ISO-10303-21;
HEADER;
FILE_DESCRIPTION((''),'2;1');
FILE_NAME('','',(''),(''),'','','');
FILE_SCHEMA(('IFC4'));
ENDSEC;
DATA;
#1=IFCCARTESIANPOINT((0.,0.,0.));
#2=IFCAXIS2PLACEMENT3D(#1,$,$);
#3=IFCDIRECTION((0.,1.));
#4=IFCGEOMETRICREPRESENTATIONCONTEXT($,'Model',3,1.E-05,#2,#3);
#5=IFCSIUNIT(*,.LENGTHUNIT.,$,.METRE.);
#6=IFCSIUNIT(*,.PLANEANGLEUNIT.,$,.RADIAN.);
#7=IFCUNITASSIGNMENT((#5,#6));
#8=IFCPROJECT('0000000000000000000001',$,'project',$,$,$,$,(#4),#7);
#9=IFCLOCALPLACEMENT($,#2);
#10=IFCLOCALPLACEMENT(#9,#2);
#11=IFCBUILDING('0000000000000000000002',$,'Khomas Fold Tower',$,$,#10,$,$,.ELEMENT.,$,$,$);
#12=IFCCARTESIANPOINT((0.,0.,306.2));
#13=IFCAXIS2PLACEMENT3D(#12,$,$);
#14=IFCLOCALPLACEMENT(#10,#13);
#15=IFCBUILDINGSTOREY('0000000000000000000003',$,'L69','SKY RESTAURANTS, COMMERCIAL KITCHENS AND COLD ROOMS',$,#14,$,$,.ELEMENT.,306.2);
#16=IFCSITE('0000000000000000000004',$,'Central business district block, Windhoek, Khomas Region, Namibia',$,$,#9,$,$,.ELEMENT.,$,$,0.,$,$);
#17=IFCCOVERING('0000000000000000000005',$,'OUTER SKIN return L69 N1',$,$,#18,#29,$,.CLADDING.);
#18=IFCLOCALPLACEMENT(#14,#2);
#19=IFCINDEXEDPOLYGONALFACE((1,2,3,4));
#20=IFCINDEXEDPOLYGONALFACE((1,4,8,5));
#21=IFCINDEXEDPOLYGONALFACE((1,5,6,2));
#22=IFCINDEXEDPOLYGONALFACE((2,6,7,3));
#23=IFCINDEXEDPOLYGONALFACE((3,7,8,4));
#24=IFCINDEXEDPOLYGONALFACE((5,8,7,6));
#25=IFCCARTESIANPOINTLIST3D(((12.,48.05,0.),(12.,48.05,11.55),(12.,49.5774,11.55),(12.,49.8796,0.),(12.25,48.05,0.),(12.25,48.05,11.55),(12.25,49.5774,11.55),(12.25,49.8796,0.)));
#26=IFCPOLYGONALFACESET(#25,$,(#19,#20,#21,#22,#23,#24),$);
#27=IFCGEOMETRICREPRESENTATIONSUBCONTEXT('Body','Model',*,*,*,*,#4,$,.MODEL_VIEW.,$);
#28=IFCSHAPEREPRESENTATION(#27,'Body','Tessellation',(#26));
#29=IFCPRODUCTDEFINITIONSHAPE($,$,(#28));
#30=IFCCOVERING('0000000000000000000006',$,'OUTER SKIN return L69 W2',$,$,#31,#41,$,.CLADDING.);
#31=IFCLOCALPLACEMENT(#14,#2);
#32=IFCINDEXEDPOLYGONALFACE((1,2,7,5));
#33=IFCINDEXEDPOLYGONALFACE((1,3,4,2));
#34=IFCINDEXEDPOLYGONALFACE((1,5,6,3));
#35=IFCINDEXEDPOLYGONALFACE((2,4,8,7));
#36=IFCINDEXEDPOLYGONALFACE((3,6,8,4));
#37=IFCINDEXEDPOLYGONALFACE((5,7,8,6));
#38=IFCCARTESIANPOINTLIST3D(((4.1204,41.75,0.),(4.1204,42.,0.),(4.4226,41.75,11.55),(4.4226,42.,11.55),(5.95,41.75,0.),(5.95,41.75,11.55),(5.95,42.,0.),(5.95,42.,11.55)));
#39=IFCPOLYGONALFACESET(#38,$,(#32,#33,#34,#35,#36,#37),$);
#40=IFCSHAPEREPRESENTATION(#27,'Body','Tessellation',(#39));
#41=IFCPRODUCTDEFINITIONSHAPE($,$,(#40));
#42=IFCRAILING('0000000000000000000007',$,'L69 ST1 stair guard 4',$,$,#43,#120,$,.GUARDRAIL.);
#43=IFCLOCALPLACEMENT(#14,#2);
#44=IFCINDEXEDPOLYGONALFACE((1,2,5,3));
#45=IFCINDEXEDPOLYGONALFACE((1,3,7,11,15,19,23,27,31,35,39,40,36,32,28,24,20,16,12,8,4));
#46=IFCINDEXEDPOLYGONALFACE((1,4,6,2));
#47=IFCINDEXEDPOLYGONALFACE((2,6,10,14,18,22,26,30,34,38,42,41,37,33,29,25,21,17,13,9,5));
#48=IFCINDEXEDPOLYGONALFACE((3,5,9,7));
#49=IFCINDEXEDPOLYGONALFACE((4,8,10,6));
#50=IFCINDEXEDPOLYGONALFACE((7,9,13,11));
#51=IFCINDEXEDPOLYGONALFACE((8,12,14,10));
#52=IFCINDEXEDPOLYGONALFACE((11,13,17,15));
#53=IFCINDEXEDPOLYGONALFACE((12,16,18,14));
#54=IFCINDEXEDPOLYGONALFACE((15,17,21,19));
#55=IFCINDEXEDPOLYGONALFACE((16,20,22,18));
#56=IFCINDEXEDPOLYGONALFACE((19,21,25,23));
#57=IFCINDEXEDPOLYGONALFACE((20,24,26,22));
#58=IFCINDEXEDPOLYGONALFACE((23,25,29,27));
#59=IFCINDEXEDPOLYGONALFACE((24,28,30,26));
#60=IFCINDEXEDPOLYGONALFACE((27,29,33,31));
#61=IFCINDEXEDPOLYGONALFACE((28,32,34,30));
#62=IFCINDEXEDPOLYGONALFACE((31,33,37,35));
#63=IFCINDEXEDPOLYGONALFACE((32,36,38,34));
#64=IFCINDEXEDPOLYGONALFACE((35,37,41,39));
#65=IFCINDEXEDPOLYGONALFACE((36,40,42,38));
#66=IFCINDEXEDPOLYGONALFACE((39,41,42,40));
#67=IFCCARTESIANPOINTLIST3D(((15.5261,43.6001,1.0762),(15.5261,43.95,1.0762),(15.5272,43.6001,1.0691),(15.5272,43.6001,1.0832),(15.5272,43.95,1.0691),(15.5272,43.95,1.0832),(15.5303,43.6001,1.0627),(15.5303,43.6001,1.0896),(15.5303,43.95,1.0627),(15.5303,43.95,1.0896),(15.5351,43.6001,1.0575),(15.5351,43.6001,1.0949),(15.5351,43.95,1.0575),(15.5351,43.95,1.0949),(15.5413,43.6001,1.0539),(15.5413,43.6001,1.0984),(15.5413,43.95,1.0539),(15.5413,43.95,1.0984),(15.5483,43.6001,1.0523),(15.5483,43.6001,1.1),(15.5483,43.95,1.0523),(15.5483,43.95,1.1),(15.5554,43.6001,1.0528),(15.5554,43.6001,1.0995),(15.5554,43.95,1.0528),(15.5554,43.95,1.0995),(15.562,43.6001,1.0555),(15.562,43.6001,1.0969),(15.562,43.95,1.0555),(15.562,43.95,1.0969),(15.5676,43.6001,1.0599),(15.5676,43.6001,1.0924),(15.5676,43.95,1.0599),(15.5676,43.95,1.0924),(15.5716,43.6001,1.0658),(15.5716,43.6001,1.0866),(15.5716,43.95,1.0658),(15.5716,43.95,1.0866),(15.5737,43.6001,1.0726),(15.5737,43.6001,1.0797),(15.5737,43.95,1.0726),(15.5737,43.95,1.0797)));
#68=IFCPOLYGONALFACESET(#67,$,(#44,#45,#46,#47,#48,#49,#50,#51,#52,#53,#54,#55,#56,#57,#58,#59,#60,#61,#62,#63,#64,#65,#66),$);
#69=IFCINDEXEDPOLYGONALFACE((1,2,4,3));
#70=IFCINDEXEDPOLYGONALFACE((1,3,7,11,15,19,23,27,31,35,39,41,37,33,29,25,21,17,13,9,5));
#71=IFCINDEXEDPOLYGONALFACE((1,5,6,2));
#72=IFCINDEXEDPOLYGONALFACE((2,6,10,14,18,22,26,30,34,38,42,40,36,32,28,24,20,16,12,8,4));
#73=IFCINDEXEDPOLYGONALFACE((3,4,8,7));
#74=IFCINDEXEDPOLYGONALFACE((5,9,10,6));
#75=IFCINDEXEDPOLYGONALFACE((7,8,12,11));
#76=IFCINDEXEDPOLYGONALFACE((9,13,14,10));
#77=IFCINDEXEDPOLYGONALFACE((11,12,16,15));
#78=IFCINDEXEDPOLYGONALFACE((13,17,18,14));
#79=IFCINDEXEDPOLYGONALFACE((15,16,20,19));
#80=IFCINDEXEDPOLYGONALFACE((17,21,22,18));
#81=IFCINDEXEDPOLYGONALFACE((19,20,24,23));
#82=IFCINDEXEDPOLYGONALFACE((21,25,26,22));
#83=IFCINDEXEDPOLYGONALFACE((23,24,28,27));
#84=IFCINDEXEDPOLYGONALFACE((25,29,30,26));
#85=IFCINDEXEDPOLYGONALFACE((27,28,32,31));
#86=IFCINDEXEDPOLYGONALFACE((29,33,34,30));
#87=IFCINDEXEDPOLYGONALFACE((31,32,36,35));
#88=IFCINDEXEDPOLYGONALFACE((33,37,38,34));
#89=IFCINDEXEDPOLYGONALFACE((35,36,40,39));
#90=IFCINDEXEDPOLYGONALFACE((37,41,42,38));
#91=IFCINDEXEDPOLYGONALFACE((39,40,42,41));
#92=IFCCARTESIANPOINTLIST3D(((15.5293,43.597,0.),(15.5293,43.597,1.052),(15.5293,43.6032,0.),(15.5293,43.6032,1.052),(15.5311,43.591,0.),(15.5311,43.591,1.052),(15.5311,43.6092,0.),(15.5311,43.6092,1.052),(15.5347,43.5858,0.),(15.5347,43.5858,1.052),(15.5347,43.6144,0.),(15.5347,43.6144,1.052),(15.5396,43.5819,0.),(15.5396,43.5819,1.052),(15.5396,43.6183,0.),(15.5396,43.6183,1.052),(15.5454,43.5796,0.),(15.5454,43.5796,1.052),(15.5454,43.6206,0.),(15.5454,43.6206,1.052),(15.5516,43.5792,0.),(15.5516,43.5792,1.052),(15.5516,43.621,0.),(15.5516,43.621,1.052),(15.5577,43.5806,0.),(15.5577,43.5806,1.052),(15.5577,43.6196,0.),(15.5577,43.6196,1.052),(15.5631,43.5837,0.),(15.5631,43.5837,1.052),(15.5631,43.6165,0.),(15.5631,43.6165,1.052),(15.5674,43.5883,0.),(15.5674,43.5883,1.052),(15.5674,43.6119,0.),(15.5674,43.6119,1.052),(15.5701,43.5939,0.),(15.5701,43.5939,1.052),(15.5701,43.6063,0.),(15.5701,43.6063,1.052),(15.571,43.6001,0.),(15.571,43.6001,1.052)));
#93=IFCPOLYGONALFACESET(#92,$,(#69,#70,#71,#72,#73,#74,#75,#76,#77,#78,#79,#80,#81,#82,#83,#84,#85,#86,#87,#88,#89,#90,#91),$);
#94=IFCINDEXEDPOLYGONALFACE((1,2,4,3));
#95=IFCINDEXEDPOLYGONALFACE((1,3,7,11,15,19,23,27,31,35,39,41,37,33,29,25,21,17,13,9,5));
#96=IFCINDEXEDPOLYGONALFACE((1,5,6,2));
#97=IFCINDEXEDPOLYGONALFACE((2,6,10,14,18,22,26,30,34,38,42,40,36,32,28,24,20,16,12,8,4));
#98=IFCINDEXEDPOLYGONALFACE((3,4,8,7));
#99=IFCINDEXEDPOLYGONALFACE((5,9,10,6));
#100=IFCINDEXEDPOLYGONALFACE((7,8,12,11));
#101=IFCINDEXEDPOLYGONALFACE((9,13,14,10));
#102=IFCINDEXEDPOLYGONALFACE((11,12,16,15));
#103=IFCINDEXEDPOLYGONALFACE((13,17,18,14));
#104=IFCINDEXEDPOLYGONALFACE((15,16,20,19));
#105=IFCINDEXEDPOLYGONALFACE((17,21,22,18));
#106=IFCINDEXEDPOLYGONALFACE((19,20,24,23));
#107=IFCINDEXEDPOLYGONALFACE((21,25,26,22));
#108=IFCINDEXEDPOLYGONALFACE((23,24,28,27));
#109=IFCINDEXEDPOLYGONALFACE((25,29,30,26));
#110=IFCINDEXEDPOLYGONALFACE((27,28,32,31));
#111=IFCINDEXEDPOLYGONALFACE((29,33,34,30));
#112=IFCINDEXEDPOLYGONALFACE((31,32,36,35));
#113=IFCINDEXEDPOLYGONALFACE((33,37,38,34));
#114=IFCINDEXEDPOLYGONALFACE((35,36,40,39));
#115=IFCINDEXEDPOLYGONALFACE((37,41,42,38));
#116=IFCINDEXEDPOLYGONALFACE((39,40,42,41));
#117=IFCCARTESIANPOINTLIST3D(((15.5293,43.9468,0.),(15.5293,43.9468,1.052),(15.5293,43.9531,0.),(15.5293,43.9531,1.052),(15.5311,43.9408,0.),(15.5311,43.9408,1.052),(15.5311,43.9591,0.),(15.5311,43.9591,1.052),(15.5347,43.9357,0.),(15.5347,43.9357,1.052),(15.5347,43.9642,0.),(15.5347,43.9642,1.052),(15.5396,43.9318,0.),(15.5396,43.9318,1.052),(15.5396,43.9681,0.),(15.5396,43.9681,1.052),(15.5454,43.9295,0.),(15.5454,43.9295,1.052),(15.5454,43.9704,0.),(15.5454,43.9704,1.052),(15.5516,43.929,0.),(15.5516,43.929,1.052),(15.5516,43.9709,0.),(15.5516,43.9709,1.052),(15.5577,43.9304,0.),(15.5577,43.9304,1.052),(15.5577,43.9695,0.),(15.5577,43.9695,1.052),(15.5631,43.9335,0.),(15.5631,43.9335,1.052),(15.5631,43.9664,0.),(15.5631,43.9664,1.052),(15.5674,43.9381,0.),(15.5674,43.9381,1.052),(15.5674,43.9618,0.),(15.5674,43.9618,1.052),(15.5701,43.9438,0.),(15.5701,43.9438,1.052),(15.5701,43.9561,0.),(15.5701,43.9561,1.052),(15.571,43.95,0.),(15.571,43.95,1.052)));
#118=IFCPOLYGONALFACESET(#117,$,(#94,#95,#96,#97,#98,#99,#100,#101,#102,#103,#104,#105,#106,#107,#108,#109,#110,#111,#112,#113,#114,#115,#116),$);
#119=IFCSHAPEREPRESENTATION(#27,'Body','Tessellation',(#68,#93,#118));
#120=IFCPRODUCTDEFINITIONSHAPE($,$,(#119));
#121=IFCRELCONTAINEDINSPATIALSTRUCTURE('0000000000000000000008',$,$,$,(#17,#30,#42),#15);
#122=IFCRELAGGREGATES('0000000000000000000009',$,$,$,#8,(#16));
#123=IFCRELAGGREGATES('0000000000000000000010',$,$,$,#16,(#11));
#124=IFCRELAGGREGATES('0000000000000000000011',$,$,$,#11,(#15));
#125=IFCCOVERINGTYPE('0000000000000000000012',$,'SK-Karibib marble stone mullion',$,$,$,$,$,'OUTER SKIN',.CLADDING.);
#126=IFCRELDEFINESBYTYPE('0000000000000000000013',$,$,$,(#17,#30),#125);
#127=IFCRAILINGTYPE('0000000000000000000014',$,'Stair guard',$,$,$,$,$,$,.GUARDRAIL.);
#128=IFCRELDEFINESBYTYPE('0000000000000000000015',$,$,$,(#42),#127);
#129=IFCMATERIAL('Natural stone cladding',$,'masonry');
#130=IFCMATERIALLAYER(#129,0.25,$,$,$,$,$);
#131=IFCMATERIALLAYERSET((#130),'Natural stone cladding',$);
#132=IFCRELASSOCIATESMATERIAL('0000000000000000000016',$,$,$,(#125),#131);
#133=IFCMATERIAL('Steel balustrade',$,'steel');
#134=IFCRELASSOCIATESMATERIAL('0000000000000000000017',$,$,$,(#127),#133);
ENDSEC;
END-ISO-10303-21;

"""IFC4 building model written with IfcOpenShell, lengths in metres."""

from ifc_helpers import new_model, si_unit, direction, frame, origin, origin_2d, place, context, subcontext, project, spatial, polyline, circle, outline, extrude, source, transform, mapped, material, layer, layer_set, type_object, element, save


model = new_model("IFC4")

# Units and contexts
model_context = context("Model", 3, precision=1e-05, world=origin(), true_north=direction((0.0, 1.0)))
body_context = subcontext(model_context, "Body", "Model", "MODEL_VIEW")
ifc_project = project(units=[si_unit("LENGTHUNIT", "METRE"), si_unit("PLANEANGLEUNIT", "RADIAN")], contexts=[model_context])

# Site, building, storey
site_placement = place(None, origin())
site = spatial("IfcSite", under=ifc_project, at=site_placement, Name="Central business district block, Windhoek, Khomas Region, Namibia", CompositionType="ELEMENT", RefElevation=0.0)
building_placement = place(site_placement, origin())
building = spatial("IfcBuilding", under=site, at=building_placement, Name="Khomas Fold Tower", CompositionType="ELEMENT")
storey_placement = place(building_placement, frame((0.0, 0.0, 306.2)))
storey = spatial("IfcBuildingStorey", under=building, at=storey_placement, Name="L69", Description="SKY RESTAURANTS, COMMERCIAL KITCHENS AND COLD ROOMS", CompositionType="ELEMENT", Elevation=306.2)

# Coverings
ifc_material_1 = material(Name="Natural stone cladding", Category="masonry")
ifc_layer_1 = layer(ifc_material_1, 0.25)
ifc_layer_set_1 = layer_set([ifc_layer_1], Name="Natural stone cladding")
covering_type = type_object("IfcCoveringType", Name="SK-Karibib marble stone mullion", ElementType="OUTER SKIN", PredefinedType="CLADDING", material=ifc_layer_set_1)
covering_1_placement = place(storey_placement, frame((12.0, 48.05, 11.55), z_axis=(-1.0, 0.0, 0.0), x_axis=(0.0, 1.0, 0.0)))
element("IfcCovering", 1, at=covering_1_placement, inside=storey, type_object=covering_type, Name="OUTER SKIN return L69 N1", PredefinedType="CLADDING", context=body_context, shape_type="SweptSolid", body=[
    extrude(outline(polyline([(0.0, 0.0), (1.5273, 0.0), (1.8296, 11.55), (0.0, 11.55), (0.0, 0.0)])), origin(), (0.0, 0.0, -1.0), 0.25),
])
covering_2_placement = place(storey_placement, frame((5.95, 42.0, 0.0), z_axis=(0.0, 1.0, 0.0), x_axis=(-1.0, 0.0, 0.0)))
element("IfcCovering", 2, at=covering_2_placement, inside=storey, type_object=covering_type, Name="OUTER SKIN return L69 W2", PredefinedType="CLADDING", context=body_context, shape_type="SweptSolid", body=[
    extrude(outline(polyline([(0.0, 0.0), (1.8296, 0.0), (1.5273, 11.55), (0.0, 11.55), (0.0, 0.0)])), origin(), (0.0, 0.0, -1.0), 0.25),
])

# Railing
ifc_material_2 = material(Name="Steel balustrade", Category="steel")
railing_type_1 = type_object("IfcRailingType", Name="Stair guard", PredefinedType="GUARDRAIL", material=ifc_material_2)
shared_shape_1 = source(origin(), body_context, "Body", "SweptSolid", [
    extrude(circle(Radius=0.0239, at=origin_2d()), frame((0.0, 0.0, 1.0762), z_axis=(0.0, 1.0, 0.0), x_axis=(-1.0, 0.0, 0.0)), (0.0, 0.0, 1.0), 0.3499),
    extrude(circle(Radius=0.021, at=origin_2d()), origin(), (0.0, 0.0, 1.0), 1.052),
    extrude(circle(Radius=0.021, at=origin_2d()), frame((0.0, 0.3499, 0.0)), (0.0, 0.0, 1.0), 1.052),
])
railing_1_placement = place(storey_placement, frame((15.55, 43.6001, 0.0)))
element("IfcRailing", 3, at=railing_1_placement, inside=storey, type_object=railing_type_1, Name="L69 ST1 stair guard 4", PredefinedType="GUARDRAIL", context=body_context, shape_type="MappedRepresentation", body=[
    mapped(shared_shape_1, transform((0.0, 0.0, 0.0))),
])

save(model, "model.ifc")
